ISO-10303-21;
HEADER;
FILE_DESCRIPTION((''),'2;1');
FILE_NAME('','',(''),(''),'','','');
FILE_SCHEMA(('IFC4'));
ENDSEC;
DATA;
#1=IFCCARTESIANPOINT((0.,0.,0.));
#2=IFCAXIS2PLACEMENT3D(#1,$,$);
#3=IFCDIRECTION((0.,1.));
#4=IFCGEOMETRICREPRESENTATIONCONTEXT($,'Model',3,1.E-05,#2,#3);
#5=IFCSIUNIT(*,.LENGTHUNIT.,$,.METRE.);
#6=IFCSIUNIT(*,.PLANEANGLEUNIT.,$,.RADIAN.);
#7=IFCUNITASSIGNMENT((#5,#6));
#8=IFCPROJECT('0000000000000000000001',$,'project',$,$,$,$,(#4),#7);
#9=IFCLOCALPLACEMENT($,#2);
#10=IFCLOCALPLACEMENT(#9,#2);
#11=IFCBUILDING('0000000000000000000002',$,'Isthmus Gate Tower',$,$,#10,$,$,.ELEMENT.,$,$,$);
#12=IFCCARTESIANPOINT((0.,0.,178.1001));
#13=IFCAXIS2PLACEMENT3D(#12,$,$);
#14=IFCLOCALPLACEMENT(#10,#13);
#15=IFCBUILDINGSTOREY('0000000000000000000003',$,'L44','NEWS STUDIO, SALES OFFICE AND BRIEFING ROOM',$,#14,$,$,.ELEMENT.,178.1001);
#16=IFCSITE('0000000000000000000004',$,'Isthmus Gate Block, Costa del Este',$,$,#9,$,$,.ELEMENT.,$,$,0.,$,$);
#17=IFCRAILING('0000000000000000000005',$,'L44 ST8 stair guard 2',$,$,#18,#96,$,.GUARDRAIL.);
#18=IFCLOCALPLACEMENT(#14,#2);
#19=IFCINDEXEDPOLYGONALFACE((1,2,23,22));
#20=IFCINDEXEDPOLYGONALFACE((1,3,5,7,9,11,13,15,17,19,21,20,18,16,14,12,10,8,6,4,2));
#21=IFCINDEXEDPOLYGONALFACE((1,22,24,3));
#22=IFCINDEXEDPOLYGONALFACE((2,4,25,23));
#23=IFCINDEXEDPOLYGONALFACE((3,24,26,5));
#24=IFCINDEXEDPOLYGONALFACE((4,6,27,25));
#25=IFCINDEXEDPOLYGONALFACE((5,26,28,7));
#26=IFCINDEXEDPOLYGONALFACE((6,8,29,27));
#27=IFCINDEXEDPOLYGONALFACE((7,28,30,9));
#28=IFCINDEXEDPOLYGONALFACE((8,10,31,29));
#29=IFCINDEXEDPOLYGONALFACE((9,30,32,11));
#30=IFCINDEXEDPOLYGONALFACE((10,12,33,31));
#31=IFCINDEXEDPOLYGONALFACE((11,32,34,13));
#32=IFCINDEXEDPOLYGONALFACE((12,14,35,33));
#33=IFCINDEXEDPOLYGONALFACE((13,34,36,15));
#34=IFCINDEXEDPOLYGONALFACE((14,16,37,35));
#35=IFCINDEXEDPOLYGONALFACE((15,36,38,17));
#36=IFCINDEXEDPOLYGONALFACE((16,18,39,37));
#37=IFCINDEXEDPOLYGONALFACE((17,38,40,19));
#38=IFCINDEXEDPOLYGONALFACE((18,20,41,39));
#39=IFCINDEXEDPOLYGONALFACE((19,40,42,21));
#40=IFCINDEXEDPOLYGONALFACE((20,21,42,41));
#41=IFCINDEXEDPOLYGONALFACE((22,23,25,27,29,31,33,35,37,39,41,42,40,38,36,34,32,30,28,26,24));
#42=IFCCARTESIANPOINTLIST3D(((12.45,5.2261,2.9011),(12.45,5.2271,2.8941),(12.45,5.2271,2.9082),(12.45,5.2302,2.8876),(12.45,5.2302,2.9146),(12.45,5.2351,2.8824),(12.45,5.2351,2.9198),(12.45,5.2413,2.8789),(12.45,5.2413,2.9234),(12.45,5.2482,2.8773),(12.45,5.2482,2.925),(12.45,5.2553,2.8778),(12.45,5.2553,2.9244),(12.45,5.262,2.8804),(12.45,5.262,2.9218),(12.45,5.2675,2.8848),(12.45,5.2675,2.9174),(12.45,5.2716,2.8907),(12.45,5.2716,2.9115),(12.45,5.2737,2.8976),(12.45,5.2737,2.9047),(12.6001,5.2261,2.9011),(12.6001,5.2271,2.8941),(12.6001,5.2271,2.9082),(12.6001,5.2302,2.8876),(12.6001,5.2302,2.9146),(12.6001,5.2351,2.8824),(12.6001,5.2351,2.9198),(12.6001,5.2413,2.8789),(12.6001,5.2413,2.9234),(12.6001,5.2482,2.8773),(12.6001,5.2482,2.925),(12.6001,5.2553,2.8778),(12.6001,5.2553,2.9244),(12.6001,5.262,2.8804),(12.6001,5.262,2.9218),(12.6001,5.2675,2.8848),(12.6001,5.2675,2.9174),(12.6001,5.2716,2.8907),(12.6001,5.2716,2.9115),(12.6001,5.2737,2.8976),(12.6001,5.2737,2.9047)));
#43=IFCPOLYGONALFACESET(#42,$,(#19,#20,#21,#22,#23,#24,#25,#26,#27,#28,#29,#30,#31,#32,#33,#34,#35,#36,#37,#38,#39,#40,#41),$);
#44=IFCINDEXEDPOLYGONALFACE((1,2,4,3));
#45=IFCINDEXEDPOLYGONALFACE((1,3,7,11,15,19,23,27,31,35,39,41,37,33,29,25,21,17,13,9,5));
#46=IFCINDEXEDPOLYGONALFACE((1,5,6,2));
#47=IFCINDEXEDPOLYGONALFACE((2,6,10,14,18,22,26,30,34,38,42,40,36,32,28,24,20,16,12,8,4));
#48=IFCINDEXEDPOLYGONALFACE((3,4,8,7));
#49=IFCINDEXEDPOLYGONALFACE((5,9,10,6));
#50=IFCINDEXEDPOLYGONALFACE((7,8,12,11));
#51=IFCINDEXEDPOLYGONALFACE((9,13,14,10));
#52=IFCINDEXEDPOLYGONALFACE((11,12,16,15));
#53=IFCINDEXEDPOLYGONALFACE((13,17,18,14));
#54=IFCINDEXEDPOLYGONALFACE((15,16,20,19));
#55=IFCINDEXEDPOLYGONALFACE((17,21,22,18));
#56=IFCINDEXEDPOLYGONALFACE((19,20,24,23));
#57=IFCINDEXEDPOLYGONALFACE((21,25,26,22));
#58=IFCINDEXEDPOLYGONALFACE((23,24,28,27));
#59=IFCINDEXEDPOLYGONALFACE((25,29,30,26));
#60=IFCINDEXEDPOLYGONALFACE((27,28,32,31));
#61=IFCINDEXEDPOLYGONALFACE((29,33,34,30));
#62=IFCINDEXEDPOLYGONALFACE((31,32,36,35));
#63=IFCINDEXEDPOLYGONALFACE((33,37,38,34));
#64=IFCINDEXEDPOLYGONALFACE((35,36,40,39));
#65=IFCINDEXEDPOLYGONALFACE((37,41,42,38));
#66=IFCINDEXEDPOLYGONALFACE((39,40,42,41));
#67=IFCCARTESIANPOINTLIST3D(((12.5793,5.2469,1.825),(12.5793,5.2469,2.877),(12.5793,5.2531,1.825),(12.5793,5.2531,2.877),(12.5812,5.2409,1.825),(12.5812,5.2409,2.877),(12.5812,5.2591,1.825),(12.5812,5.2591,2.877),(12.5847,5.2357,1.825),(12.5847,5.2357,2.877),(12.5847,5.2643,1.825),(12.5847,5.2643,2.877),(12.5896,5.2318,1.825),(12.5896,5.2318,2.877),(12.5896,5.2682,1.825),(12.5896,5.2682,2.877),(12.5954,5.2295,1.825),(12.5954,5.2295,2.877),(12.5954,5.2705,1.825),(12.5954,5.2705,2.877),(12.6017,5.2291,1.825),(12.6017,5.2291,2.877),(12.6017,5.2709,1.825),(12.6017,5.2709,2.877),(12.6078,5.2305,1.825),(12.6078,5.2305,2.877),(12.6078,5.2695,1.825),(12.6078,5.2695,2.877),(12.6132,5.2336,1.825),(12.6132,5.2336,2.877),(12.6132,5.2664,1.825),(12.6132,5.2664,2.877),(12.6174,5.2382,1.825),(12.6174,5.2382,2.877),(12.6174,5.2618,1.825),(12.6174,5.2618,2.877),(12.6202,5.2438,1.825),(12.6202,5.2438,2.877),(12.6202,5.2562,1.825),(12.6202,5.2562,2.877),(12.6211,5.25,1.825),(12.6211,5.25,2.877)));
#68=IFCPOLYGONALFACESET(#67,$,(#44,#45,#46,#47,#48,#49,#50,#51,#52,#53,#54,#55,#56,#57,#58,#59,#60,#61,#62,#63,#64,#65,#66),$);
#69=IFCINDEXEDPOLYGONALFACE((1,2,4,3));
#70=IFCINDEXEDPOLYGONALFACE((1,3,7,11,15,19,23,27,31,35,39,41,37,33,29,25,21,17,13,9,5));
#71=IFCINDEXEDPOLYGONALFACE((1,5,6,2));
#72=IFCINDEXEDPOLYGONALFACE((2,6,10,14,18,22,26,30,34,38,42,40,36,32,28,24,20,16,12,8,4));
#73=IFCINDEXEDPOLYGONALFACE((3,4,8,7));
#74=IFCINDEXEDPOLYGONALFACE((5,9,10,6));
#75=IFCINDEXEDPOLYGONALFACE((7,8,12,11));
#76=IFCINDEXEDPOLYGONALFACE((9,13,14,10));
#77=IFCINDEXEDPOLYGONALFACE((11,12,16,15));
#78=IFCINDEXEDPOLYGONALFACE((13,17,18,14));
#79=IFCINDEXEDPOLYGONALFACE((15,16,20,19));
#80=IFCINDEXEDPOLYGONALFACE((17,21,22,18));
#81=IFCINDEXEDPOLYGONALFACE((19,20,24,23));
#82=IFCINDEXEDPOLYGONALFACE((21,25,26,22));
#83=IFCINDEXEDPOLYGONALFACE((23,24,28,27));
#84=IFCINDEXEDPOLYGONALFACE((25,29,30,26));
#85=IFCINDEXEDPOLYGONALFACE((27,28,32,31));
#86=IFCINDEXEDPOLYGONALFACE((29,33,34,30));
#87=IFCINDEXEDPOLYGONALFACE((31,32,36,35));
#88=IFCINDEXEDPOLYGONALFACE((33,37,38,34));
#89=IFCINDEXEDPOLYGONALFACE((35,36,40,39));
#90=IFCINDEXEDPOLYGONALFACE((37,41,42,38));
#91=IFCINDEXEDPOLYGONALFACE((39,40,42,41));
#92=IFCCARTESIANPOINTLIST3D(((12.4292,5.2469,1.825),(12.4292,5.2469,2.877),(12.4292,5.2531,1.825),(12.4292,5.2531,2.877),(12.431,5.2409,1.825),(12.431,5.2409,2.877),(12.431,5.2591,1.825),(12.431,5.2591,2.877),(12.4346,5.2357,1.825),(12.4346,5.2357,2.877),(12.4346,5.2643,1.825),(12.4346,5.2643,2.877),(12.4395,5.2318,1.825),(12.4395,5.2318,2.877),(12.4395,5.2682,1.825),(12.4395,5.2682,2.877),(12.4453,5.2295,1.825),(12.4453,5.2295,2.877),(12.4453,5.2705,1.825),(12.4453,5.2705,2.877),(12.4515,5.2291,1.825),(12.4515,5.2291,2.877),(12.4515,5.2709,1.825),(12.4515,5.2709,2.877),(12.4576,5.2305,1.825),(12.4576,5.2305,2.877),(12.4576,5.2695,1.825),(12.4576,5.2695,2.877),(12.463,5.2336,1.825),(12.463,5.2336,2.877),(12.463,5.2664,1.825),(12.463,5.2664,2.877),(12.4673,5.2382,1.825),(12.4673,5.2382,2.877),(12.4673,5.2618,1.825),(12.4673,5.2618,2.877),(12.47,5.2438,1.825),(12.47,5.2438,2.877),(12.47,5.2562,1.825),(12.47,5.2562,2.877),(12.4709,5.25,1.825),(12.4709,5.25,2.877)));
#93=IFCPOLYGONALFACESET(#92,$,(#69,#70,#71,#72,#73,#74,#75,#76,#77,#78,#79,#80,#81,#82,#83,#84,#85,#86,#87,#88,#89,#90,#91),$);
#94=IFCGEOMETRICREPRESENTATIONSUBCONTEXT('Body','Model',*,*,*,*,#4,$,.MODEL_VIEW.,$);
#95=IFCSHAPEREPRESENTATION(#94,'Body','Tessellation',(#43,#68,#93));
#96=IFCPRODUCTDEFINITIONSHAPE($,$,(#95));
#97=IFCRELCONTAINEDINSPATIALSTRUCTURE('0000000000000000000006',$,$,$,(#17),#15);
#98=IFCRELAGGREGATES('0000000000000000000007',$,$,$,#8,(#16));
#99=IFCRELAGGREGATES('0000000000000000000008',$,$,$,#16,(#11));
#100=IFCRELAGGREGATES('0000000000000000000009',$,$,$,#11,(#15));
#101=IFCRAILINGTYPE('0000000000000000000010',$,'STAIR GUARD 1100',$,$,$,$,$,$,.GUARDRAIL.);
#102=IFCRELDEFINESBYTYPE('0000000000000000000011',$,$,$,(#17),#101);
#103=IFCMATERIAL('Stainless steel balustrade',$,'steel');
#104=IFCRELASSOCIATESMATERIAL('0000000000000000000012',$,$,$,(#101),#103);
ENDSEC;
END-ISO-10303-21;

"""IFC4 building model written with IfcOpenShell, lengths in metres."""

from ifc_helpers import new_model, si_unit, direction, frame, origin, origin_2d, place, context, subcontext, project, spatial, circle, extrude, material, type_object, element, save


model = new_model("IFC4")

# Units and contexts
model_context = context("Model", 3, precision=1e-05, world=origin(), true_north=direction((0.0, 1.0)))
body_context = subcontext(model_context, "Body", "Model", "MODEL_VIEW")
ifc_project = project(units=[si_unit("LENGTHUNIT", "METRE"), si_unit("PLANEANGLEUNIT", "RADIAN")], contexts=[model_context])

# Site, building, storey
site_placement = place(None, origin())
site = spatial("IfcSite", under=ifc_project, at=site_placement, Name="Isthmus Gate Block, Costa del Este", CompositionType="ELEMENT", RefElevation=0.0)
building_placement = place(site_placement, origin())
building = spatial("IfcBuilding", under=site, at=building_placement, Name="Isthmus Gate Tower", CompositionType="ELEMENT")
storey_placement = place(building_placement, frame((0.0, 0.0, 178.1001)))
storey = spatial("IfcBuildingStorey", under=building, at=storey_placement, Name="L44", Description="NEWS STUDIO, SALES OFFICE AND BRIEFING ROOM", CompositionType="ELEMENT", Elevation=178.1001)

# Railing
ifc_material_1 = material(Name="Stainless steel balustrade", Category="steel")
railing_type = type_object("IfcRailingType", Name="STAIR GUARD 1100", PredefinedType="GUARDRAIL", material=ifc_material_1)
railing_1_placement = place(storey_placement, frame((12.6001, 5.25, 1.825)))
element("IfcRailing", 1, at=railing_1_placement, inside=storey, type_object=railing_type, Name="L44 ST8 stair guard 2", PredefinedType="GUARDRAIL", context=body_context, shape_type="SweptSolid", body=[
    extrude(circle(Radius=0.0239, at=origin_2d()), frame((0.0, 0.0, 1.0762), z_axis=(-1.0, 0.0, 0.0), x_axis=(0.0, -1.0, 0.0)), (0.0, 0.0, 1.0), 0.1501),
    extrude(circle(Radius=0.021, at=origin_2d()), origin(), (0.0, 0.0, 1.0), 1.052),
    extrude(circle(Radius=0.021, at=origin_2d()), frame((-0.1501, 0.0, 0.0)), (0.0, 0.0, 1.0), 1.052),
])

save(model, "model.ifc")
